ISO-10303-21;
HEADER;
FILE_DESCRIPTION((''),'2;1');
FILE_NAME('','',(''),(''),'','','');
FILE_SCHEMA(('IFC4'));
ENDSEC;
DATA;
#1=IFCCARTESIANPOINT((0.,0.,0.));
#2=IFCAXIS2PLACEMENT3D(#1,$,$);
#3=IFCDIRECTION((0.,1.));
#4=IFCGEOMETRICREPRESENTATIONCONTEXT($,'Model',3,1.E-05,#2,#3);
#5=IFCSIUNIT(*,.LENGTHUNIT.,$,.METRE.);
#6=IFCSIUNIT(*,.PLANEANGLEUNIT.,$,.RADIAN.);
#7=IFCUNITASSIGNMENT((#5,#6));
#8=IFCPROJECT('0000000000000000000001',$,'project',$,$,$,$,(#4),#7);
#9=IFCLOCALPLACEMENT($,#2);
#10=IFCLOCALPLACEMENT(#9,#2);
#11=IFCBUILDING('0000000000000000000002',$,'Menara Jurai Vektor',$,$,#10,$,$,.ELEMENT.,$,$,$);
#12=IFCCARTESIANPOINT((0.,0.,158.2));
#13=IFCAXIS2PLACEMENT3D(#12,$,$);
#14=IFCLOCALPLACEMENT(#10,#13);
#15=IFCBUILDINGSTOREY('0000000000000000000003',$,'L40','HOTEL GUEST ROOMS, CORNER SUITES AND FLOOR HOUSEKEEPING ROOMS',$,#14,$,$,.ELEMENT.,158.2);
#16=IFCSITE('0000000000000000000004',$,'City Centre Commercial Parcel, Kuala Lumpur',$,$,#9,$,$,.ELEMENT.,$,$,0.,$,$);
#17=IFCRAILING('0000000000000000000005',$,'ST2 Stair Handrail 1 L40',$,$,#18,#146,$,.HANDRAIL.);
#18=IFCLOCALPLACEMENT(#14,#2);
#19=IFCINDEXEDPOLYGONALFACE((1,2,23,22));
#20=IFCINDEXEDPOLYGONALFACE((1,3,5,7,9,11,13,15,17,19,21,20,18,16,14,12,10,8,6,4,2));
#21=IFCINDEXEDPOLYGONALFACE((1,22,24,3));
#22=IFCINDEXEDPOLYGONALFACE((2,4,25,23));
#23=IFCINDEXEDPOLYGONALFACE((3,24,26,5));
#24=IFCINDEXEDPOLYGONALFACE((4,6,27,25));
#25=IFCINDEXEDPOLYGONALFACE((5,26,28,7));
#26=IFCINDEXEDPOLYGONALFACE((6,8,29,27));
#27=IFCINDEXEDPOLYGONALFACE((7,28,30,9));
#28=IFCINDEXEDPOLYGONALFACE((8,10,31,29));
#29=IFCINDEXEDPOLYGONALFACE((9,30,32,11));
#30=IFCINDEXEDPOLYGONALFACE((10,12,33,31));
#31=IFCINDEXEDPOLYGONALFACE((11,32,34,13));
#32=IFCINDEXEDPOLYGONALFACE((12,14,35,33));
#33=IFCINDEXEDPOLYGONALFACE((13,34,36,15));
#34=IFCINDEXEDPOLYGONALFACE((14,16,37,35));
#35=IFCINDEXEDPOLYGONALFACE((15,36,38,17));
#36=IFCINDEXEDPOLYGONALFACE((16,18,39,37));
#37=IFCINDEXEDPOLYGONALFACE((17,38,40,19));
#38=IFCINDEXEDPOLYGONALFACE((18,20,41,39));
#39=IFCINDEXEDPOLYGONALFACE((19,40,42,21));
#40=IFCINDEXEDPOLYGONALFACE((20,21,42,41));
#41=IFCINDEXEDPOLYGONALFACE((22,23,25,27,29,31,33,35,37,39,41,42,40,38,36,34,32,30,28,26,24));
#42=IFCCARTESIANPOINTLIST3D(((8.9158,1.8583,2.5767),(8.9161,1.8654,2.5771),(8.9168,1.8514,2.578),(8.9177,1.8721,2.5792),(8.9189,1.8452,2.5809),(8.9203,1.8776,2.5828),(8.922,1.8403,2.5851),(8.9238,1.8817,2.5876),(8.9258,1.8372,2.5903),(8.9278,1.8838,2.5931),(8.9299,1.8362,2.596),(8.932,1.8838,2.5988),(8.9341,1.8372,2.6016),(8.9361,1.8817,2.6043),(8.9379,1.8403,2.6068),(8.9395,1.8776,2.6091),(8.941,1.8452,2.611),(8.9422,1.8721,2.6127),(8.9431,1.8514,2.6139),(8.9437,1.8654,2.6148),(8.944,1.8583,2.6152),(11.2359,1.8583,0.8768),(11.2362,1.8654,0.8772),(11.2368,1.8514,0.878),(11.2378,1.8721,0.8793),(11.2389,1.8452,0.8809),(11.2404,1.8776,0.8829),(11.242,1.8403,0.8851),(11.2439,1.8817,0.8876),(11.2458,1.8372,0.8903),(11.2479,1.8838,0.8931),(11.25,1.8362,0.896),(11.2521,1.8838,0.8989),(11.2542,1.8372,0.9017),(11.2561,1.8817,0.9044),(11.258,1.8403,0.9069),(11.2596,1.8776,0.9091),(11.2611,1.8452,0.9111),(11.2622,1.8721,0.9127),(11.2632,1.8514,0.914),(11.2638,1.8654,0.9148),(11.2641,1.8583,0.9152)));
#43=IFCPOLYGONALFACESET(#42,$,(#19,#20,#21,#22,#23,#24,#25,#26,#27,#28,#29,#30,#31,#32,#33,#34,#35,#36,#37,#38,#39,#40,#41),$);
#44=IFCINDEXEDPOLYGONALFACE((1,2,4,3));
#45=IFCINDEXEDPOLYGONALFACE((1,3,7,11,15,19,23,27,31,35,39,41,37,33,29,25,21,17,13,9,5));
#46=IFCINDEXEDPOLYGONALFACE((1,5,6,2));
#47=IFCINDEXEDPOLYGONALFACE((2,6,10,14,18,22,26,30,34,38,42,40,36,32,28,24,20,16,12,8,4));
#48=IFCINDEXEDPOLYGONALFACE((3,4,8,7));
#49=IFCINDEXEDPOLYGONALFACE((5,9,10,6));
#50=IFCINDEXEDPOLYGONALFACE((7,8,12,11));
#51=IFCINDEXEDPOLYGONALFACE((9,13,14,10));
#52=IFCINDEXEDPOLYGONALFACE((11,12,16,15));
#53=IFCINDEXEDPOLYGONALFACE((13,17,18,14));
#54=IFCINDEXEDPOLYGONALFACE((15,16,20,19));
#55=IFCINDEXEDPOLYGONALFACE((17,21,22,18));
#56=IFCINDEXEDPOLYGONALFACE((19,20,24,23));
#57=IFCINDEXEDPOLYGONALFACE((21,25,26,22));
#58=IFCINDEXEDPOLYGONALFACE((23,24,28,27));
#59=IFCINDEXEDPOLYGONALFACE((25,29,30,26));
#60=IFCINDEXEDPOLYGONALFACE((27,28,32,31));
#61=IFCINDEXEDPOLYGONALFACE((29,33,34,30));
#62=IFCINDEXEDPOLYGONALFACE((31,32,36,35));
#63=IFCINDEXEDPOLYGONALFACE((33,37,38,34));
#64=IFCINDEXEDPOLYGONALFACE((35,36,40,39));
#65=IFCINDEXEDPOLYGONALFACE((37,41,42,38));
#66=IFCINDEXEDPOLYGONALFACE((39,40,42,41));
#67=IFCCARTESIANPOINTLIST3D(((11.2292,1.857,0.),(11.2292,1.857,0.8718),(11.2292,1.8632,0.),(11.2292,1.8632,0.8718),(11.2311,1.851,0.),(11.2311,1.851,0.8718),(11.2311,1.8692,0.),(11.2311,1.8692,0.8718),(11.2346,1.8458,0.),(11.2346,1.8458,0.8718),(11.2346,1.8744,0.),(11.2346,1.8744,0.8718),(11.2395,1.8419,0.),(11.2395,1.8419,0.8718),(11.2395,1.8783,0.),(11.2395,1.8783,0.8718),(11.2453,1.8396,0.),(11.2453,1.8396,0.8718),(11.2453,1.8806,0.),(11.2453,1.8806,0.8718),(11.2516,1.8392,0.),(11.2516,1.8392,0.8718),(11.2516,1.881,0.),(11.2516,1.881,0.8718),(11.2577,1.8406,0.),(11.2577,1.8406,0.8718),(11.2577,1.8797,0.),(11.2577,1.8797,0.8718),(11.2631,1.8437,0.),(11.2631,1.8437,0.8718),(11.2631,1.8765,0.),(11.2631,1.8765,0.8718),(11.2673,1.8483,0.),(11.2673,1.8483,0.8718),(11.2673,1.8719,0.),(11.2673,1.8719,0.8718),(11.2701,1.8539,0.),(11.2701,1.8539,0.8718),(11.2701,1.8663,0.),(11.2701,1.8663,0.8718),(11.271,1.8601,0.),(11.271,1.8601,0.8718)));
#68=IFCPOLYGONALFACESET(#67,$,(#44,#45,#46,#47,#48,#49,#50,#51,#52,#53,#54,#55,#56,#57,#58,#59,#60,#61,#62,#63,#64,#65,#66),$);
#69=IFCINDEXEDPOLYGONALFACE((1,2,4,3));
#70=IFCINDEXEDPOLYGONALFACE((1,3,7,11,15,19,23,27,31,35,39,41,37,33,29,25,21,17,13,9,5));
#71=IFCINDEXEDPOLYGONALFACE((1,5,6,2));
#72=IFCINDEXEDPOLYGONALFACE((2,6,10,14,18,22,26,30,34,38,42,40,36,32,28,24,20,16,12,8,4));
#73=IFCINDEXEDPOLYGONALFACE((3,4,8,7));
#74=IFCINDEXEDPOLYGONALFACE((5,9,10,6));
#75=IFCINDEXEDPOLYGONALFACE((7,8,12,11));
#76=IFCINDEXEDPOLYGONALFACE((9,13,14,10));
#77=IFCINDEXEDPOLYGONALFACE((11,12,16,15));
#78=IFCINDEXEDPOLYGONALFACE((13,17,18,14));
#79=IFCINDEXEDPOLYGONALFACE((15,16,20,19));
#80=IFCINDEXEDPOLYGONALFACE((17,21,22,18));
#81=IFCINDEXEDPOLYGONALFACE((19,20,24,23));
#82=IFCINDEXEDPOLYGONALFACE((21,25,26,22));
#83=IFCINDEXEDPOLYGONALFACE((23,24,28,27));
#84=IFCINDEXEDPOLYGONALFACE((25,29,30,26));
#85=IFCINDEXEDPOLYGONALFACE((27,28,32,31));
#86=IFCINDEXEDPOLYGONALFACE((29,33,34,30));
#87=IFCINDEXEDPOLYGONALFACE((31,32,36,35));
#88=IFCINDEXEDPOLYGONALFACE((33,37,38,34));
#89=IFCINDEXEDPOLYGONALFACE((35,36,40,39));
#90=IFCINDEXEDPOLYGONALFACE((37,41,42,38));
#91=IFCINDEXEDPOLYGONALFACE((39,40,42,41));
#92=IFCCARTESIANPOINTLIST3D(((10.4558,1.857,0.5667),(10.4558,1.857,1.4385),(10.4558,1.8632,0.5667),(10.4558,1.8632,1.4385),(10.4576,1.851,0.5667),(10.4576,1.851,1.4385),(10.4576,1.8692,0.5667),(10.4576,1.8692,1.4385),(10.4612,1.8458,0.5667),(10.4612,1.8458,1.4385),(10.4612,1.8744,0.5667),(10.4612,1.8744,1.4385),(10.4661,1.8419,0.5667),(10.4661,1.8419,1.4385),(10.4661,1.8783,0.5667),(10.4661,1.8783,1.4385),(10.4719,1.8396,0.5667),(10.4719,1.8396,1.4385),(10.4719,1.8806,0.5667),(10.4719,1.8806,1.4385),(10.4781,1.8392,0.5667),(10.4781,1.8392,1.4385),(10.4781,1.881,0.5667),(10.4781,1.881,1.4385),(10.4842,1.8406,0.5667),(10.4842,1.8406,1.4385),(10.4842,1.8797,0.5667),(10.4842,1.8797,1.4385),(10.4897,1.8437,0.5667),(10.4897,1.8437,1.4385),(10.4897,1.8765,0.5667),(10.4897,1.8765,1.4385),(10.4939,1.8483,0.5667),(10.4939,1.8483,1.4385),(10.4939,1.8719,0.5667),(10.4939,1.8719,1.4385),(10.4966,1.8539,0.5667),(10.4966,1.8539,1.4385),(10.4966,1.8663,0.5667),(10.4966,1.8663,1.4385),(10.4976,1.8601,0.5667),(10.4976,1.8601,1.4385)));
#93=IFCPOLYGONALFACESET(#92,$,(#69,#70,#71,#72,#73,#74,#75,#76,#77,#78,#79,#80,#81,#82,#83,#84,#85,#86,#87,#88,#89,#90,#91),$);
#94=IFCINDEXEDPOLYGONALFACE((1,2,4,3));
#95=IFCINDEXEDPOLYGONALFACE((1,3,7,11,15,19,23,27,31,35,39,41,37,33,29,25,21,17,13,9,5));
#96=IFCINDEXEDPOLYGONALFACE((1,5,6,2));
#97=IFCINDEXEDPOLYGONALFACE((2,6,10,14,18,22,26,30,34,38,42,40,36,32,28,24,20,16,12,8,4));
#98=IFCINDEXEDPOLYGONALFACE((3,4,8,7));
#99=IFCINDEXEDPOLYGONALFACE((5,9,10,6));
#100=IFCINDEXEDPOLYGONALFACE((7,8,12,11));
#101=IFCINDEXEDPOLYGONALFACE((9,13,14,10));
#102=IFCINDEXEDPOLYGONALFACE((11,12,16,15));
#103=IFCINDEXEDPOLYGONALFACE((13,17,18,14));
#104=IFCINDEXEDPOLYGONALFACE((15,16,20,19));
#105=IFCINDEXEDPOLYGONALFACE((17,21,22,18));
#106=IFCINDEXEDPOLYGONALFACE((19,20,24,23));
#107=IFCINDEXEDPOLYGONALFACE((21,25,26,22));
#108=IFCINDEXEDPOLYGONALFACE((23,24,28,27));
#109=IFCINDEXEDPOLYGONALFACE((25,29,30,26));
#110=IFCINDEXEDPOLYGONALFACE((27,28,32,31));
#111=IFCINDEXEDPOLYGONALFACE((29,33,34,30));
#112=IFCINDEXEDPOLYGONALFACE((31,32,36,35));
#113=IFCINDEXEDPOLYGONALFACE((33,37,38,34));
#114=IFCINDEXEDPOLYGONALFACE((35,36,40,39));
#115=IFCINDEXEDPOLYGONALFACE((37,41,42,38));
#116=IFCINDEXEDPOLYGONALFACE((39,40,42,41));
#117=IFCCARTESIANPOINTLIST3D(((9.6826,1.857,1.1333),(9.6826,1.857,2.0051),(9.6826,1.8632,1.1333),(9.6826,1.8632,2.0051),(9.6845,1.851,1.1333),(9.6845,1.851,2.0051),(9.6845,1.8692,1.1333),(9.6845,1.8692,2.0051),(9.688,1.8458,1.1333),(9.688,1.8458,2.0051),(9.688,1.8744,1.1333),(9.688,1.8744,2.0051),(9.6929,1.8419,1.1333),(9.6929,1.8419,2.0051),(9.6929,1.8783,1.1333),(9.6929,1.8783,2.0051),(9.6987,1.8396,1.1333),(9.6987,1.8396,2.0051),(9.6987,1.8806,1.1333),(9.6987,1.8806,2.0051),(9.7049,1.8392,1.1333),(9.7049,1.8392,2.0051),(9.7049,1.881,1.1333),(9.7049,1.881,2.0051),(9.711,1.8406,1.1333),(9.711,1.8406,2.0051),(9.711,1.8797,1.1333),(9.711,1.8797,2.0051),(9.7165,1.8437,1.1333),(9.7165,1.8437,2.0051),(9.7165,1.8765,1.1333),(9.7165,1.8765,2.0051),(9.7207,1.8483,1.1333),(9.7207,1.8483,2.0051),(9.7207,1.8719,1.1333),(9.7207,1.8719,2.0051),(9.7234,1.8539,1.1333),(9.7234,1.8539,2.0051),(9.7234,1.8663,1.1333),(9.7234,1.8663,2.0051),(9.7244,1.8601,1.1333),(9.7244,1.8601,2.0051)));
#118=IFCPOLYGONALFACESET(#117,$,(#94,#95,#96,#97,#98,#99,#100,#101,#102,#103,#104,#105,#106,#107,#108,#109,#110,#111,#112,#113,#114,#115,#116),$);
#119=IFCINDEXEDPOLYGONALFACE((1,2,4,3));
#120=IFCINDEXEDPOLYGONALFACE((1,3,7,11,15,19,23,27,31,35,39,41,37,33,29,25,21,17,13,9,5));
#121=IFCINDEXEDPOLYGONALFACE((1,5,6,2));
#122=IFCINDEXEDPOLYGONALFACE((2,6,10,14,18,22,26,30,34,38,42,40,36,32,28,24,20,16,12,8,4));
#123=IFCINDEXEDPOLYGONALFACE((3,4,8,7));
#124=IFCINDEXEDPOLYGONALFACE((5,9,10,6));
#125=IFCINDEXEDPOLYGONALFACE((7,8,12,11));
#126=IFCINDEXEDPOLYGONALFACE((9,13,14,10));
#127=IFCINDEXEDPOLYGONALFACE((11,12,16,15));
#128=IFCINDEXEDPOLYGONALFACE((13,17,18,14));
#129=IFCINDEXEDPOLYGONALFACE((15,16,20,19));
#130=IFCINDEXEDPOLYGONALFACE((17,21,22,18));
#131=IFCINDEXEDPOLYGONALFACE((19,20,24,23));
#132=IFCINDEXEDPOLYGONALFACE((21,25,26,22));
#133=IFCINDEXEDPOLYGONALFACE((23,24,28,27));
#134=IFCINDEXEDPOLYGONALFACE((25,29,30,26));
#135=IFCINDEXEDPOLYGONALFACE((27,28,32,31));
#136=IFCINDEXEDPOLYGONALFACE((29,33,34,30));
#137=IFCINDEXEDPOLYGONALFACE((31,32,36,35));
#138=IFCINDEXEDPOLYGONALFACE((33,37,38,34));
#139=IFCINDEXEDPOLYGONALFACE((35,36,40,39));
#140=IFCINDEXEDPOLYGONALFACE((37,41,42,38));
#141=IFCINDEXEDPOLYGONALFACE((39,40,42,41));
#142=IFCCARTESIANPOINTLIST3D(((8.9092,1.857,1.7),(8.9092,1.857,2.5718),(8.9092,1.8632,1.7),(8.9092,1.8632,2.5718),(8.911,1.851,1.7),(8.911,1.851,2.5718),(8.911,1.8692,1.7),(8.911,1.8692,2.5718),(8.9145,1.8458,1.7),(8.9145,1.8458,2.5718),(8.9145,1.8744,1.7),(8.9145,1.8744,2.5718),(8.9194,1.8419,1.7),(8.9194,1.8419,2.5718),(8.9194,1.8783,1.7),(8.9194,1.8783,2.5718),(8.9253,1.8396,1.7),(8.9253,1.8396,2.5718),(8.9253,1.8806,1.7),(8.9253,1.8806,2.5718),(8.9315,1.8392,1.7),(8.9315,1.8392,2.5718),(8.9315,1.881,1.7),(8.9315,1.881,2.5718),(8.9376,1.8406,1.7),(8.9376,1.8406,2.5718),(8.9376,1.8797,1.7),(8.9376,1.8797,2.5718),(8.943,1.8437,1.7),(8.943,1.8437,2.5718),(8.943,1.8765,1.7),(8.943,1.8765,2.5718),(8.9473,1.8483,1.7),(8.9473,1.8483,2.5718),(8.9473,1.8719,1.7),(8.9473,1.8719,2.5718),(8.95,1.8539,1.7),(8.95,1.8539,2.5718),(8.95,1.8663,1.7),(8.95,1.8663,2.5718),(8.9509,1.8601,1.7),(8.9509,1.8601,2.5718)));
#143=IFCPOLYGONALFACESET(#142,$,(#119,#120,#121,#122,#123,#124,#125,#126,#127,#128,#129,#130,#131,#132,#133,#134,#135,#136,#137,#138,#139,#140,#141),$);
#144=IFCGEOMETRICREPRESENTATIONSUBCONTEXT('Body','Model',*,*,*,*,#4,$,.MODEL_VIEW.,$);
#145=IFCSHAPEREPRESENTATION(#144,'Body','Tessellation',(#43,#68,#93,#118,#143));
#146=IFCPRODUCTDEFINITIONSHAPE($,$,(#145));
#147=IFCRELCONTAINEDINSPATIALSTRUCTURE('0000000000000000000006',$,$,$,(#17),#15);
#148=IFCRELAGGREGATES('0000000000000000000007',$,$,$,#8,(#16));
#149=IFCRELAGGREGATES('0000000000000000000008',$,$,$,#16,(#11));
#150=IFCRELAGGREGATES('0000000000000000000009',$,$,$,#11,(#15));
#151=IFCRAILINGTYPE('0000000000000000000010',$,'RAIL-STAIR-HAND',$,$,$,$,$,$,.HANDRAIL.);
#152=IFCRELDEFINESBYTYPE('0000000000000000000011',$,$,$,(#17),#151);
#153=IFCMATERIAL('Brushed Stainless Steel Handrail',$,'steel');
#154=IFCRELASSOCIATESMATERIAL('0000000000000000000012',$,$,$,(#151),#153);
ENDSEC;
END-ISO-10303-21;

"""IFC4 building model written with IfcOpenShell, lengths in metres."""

from ifc_helpers import new_model, si_unit, direction, frame, origin, origin_2d, place, context, subcontext, project, spatial, circle, extrude, material, type_object, element, save


model = new_model("IFC4")

# Units and contexts
model_context = context("Model", 3, precision=1e-05, world=origin(), true_north=direction((0.0, 1.0)))
body_context = subcontext(model_context, "Body", "Model", "MODEL_VIEW")
ifc_project = project(units=[si_unit("LENGTHUNIT", "METRE"), si_unit("PLANEANGLEUNIT", "RADIAN")], contexts=[model_context])

# Site, building, storey
site_placement = place(None, origin())
site = spatial("IfcSite", under=ifc_project, at=site_placement, Name="City Centre Commercial Parcel, Kuala Lumpur", CompositionType="ELEMENT", RefElevation=0.0)
building_placement = place(site_placement, origin())
building = spatial("IfcBuilding", under=site, at=building_placement, Name="Menara Jurai Vektor", CompositionType="ELEMENT")
storey_placement = place(building_placement, frame((0.0, 0.0, 158.2)))
storey = spatial("IfcBuildingStorey", under=building, at=storey_placement, Name="L40", Description="HOTEL GUEST ROOMS, CORNER SUITES AND FLOOR HOUSEKEEPING ROOMS", CompositionType="ELEMENT", Elevation=158.2)

# Railing
ifc_material_1 = material(Name="Brushed Stainless Steel Handrail", Category="steel")
railing_type_1 = type_object("IfcRailingType", Name="RAIL-STAIR-HAND", PredefinedType="HANDRAIL", material=ifc_material_1)
railing_1_placement = place(storey_placement, frame((11.25, 1.8601, 0.0)))
element("IfcRailing", 1, at=railing_1_placement, inside=storey, type_object=railing_type_1, Name="ST2 Stair Handrail 1 L40", PredefinedType="HANDRAIL", context=body_context, shape_type="SweptSolid", body=[
    extrude(circle(Radius=0.0239, at=origin_2d()), frame((0.0, 0.0, 0.896), z_axis=(-0.806642, 0.0, 0.59104), x_axis=(0.0, -1.0, 0.0)), (0.0, 0.0, 1.0), 2.8762),
    extrude(circle(Radius=0.021, at=origin_2d()), origin(), (0.0, 0.0, 1.0), 0.8718),
    extrude(circle(Radius=0.021, at=origin_2d()), frame((-0.7734, 0.0, 0.5667)), (0.0, 0.0, 1.0), 0.8718),
    extrude(circle(Radius=0.021, at=origin_2d()), frame((-1.5466, 0.0, 1.1333)), (0.0, 0.0, 1.0), 0.8718),
    extrude(circle(Radius=0.021, at=origin_2d()), frame((-2.3201, 0.0, 1.7)), (0.0, 0.0, 1.0), 0.8718),
])

save(model, "model.ifc")
